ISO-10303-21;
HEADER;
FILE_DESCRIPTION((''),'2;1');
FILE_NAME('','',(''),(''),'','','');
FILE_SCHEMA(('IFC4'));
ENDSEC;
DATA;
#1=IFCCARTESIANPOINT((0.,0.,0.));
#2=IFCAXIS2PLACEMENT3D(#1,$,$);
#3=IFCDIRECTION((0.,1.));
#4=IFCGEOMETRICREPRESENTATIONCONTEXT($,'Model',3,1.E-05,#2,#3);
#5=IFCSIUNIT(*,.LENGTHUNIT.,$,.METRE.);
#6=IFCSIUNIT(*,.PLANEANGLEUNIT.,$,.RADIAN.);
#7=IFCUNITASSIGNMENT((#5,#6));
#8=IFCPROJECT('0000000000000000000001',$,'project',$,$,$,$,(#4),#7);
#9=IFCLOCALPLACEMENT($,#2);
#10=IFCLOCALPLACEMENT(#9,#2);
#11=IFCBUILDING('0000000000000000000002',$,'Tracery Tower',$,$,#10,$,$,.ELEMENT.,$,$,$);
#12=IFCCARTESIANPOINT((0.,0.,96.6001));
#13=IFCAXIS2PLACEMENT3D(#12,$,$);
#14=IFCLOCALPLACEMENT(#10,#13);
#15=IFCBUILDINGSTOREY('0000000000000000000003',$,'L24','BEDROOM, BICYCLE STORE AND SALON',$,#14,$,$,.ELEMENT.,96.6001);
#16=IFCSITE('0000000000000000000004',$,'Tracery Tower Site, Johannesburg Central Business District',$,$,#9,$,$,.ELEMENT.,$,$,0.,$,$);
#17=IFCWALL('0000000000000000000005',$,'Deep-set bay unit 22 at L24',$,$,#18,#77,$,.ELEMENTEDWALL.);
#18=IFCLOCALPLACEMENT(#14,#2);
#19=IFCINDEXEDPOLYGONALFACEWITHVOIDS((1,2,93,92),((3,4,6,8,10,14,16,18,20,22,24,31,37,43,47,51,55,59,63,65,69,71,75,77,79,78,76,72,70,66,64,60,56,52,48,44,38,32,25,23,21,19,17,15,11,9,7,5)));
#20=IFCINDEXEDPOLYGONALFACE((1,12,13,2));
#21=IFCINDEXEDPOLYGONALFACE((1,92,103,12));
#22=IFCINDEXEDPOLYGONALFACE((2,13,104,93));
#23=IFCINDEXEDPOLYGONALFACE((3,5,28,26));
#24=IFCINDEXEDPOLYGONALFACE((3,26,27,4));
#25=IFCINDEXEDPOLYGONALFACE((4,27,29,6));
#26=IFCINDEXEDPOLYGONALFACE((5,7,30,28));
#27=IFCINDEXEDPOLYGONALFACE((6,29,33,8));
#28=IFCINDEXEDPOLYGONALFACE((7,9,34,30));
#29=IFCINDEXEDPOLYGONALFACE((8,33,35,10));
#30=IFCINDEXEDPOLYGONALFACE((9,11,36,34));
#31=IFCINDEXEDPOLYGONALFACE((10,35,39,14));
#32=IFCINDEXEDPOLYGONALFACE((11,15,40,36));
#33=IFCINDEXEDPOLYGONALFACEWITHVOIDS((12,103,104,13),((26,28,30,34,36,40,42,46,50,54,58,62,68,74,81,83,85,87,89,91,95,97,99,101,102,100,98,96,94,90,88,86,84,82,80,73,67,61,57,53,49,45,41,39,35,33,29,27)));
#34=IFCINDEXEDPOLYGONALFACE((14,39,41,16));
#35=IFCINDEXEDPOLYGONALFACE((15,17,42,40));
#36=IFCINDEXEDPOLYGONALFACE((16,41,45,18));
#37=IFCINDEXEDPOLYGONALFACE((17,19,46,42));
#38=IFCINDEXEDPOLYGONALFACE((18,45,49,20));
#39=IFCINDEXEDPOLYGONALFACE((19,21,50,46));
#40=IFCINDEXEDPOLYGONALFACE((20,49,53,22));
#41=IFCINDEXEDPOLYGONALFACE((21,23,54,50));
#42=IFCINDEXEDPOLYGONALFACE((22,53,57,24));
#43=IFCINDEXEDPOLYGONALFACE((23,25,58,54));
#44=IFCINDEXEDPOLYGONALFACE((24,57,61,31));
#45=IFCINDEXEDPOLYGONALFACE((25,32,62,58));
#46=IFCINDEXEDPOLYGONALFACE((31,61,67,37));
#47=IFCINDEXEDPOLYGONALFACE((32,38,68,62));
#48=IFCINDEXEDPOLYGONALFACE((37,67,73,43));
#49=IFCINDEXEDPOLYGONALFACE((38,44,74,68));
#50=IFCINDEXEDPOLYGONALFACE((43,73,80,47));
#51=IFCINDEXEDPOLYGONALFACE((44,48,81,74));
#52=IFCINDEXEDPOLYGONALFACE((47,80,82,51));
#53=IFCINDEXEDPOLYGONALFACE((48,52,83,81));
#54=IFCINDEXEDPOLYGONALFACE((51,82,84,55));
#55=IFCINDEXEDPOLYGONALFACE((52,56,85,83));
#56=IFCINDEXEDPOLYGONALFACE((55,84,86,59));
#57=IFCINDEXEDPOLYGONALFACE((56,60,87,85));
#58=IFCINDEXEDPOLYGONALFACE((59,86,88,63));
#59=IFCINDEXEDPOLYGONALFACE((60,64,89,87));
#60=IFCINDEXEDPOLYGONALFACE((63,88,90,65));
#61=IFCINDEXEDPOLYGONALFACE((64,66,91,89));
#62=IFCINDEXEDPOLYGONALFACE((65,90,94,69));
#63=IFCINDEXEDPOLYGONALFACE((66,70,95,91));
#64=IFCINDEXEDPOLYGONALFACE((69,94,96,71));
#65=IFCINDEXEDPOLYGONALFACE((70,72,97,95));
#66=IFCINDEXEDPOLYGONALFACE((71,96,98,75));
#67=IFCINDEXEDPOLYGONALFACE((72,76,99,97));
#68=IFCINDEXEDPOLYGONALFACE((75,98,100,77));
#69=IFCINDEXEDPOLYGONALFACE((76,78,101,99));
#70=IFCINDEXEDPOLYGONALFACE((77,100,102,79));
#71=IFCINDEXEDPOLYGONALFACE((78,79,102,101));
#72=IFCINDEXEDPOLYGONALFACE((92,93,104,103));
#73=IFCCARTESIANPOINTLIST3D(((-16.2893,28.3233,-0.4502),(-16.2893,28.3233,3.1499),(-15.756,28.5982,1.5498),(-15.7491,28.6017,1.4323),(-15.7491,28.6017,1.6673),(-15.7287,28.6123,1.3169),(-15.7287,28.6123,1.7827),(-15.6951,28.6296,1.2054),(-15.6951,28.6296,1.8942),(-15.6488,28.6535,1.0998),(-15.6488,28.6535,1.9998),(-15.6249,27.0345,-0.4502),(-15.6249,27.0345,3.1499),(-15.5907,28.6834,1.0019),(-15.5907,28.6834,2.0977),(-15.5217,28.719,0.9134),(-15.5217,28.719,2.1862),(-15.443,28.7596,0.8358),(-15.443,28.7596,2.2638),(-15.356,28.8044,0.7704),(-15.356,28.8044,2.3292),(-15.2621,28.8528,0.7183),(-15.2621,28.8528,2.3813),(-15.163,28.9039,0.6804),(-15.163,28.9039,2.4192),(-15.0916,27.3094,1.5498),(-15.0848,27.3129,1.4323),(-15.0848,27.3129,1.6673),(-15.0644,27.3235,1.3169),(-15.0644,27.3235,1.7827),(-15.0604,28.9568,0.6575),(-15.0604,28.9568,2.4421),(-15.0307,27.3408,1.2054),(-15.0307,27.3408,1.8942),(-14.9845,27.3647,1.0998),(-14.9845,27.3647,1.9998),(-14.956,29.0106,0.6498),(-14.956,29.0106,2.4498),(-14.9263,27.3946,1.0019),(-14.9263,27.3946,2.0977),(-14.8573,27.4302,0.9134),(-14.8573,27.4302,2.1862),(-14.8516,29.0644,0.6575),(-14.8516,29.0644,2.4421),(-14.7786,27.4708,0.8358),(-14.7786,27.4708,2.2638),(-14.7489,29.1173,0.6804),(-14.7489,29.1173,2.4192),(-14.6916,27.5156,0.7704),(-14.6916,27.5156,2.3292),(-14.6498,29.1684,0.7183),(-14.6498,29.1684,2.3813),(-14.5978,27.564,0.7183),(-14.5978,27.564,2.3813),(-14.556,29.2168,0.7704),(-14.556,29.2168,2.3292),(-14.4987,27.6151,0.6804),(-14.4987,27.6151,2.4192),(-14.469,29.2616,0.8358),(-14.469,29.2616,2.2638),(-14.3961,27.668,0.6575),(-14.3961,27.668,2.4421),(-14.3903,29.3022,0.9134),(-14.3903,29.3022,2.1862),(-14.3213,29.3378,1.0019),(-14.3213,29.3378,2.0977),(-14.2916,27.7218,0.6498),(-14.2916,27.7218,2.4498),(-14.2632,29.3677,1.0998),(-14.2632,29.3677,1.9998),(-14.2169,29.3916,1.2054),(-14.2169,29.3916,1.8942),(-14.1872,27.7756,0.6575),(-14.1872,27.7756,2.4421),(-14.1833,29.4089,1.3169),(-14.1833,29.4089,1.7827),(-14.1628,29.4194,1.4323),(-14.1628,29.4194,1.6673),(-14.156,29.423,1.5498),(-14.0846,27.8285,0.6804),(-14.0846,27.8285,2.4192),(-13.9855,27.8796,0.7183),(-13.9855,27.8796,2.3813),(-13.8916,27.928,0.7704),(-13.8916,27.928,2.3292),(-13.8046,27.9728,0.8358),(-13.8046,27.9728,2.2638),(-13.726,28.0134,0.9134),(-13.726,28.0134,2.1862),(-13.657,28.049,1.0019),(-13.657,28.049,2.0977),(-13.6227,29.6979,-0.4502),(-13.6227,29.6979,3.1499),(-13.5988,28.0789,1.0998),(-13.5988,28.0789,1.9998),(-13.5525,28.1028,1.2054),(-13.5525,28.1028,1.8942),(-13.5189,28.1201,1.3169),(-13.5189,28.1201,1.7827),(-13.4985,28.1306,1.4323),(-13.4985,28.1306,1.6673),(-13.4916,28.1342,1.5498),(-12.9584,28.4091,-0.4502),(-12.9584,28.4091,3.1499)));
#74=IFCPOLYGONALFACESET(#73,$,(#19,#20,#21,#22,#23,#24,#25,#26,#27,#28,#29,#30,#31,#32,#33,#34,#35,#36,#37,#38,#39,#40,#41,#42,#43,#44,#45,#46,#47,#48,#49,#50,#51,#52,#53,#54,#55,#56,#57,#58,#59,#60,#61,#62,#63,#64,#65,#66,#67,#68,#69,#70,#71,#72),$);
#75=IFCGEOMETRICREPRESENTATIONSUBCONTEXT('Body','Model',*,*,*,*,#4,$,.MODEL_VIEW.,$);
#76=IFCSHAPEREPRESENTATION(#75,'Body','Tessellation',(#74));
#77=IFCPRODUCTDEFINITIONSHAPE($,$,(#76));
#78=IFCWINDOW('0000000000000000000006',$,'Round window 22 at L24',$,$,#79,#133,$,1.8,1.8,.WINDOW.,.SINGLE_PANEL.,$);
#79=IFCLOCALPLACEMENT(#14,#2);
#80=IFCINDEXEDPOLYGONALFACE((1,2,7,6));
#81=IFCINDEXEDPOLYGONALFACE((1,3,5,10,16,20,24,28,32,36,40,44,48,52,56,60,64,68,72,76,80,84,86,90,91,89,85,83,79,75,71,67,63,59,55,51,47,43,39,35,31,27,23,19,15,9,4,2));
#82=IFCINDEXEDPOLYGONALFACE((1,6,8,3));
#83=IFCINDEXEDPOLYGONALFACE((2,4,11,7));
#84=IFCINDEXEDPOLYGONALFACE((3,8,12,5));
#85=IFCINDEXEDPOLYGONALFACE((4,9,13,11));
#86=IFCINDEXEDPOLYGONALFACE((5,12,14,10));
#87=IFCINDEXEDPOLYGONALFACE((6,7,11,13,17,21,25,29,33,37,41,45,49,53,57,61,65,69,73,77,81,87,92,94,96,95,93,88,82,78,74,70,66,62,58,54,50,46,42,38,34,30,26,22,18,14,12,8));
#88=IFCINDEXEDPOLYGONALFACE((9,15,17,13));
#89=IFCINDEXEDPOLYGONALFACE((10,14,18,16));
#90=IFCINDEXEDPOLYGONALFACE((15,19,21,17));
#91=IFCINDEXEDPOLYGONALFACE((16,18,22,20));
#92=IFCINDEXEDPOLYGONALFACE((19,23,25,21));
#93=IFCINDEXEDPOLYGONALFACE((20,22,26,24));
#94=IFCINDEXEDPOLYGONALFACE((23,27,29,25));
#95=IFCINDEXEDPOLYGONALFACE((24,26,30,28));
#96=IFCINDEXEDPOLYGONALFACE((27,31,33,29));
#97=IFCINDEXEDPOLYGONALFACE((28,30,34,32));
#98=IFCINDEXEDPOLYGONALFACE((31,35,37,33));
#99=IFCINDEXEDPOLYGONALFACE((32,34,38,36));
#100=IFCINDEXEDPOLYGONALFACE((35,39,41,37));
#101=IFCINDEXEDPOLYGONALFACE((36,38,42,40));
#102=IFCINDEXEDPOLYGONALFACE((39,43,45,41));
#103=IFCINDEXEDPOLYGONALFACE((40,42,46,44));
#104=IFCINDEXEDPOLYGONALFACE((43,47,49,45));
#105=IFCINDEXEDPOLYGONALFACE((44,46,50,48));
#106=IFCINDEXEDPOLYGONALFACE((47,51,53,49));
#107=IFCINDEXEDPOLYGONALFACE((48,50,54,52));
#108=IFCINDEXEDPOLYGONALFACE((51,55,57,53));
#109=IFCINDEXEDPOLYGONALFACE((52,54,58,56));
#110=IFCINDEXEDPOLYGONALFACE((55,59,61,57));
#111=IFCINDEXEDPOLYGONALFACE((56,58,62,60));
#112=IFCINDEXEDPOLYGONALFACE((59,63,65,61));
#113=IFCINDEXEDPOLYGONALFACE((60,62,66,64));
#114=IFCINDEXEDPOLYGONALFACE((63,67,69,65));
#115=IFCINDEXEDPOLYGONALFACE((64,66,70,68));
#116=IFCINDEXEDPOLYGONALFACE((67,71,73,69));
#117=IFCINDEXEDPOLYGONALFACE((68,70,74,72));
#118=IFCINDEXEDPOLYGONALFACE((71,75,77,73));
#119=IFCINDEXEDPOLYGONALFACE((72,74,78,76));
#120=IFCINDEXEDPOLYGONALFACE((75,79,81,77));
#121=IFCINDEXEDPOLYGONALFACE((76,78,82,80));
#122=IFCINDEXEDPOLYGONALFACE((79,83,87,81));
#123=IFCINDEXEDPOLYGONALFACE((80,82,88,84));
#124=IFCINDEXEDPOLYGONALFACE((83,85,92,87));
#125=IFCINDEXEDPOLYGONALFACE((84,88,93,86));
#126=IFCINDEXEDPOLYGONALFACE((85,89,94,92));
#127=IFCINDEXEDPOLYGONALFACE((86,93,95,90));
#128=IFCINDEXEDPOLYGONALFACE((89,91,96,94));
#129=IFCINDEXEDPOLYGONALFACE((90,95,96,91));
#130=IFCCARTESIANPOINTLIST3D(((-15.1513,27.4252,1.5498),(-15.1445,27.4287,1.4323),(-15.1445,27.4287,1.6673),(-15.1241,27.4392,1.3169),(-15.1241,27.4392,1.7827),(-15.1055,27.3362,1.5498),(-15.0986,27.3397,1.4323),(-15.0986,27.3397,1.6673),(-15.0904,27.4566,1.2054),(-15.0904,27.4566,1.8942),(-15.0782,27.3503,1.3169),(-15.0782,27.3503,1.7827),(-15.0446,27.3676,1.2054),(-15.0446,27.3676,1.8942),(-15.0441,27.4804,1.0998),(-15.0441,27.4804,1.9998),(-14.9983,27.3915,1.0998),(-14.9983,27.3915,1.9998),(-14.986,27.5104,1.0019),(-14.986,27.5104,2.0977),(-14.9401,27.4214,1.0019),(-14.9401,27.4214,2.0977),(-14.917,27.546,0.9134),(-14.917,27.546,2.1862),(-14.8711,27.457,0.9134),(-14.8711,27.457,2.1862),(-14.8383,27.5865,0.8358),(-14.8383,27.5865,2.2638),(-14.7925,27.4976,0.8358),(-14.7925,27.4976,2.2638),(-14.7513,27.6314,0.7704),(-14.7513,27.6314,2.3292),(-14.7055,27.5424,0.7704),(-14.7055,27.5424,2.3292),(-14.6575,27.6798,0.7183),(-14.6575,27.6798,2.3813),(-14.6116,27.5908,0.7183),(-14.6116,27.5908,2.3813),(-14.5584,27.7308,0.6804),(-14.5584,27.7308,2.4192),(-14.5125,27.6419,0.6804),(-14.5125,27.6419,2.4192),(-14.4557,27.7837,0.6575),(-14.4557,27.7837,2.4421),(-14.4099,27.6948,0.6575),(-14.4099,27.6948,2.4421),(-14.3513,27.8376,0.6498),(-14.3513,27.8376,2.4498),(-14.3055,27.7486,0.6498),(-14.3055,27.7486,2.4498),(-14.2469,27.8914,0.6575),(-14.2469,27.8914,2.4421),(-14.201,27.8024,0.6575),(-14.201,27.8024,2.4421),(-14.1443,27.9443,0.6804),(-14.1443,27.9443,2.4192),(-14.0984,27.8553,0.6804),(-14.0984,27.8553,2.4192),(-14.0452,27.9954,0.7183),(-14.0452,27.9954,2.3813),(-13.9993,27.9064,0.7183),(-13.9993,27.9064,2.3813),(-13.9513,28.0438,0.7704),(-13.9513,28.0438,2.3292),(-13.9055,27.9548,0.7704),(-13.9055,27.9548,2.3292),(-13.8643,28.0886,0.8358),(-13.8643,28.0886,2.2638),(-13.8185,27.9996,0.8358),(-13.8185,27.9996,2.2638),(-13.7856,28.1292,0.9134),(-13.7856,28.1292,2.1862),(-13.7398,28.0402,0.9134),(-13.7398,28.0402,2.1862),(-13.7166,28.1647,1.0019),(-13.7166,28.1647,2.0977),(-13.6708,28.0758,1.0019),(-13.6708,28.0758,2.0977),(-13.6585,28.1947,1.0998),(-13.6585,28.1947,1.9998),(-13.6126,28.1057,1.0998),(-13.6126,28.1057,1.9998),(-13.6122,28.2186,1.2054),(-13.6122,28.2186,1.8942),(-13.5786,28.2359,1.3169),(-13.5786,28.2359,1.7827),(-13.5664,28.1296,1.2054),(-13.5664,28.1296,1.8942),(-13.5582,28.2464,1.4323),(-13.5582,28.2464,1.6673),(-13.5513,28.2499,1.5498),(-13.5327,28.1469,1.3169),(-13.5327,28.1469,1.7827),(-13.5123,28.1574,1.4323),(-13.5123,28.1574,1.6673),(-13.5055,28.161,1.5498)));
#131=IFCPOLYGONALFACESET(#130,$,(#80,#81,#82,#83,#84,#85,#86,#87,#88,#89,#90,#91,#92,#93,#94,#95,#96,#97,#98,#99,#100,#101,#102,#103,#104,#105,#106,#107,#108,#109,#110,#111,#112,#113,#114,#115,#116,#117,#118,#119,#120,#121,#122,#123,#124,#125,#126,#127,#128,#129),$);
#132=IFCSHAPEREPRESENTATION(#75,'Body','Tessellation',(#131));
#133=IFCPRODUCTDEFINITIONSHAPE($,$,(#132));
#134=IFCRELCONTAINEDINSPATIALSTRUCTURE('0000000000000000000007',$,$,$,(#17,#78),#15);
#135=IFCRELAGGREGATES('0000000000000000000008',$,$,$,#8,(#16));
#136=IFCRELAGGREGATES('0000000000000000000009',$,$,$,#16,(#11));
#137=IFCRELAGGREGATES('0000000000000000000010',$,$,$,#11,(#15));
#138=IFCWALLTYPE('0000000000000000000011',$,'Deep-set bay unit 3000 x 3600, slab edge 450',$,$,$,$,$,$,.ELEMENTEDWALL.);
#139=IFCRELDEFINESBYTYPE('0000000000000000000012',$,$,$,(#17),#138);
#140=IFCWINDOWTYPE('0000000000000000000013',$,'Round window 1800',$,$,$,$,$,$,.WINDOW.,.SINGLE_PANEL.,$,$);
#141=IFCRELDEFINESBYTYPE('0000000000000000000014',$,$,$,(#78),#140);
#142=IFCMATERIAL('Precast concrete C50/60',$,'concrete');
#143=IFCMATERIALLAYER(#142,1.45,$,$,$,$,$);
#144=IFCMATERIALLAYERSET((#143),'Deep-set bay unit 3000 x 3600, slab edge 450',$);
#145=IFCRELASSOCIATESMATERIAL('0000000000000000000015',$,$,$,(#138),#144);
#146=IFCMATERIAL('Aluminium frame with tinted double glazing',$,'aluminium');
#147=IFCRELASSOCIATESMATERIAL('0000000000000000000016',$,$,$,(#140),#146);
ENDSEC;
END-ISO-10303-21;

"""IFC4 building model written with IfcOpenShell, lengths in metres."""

from ifc_helpers import new_model, si_unit, direction, frame, frame_2d, origin, origin_2d, place, context, subcontext, project, spatial, rectangle, circle, extrude, material, layer, layer_set, type_object, element, fill, save


model = new_model("IFC4")

# Units and contexts
model_context = context("Model", 3, precision=1e-05, world=origin(), true_north=direction((0.0, 1.0)))
body_context = subcontext(model_context, "Body", "Model", "MODEL_VIEW")
ifc_project = project(units=[si_unit("LENGTHUNIT", "METRE"), si_unit("PLANEANGLEUNIT", "RADIAN")], contexts=[model_context])

# Site, building, storey
site_placement = place(None, origin())
site = spatial("IfcSite", under=ifc_project, at=site_placement, Name="Tracery Tower Site, Johannesburg Central Business District", CompositionType="ELEMENT", RefElevation=0.0)
building_placement = place(site_placement, origin())
building = spatial("IfcBuilding", under=site, at=building_placement, Name="Tracery Tower", CompositionType="ELEMENT")
storey_placement = place(building_placement, frame((0.0, 0.0, 96.6001)))
storey = spatial("IfcBuildingStorey", under=building, at=storey_placement, Name="L24", Description="BEDROOM, BICYCLE STORE AND SALON", CompositionType="ELEMENT", Elevation=96.6001)

# Wall, opening, window
ifc_material_1 = material(Name="Precast concrete C50/60", Category="concrete")
ifc_layer_1 = layer(ifc_material_1, 1.45)
ifc_layer_set_1 = layer_set([ifc_layer_1], Name="Deep-set bay unit 3000 x 3600, slab edge 450")
wall_type_1 = type_object("IfcWallType", Name="Deep-set bay unit 3000 x 3600, slab edge 450", PredefinedType="ELEMENTEDWALL", material=ifc_layer_set_1)
ifc_material_2 = material(Name="Aluminium frame with tinted double glazing", Category="aluminium")
window_type = type_object("IfcWindowType", Name="Round window 1800", PartitioningType="SINGLE_PANEL", PredefinedType="WINDOW", material=ifc_material_2)
wall_1_placement = place(storey_placement, frame((-13.2905, 29.0535, -0.4502), z_axis=(0.0, 0.0, 1.0), x_axis=(-0.888858, -0.458183, 0.0)))
wall_1 = element("IfcWall", 1, at=wall_1_placement, inside=storey, type_object=wall_type_1, Name="Deep-set bay unit 22 at L24", PredefinedType="ELEMENTEDWALL", context=body_context, shape_type="SweptSolid", body=[
    extrude(rectangle(XDim=3.0, YDim=1.45, at=frame_2d((1.5, 0.0))), origin(), (0.0, 0.0, 1.0), 3.6001),
])
opening_1_placement = place(wall_1_placement, frame((1.5, 0.0, 2.0)))
opening_1 = element("IfcOpeningElement", 2, at=opening_1_placement, cuts=wall_1, PredefinedType="OPENING", context=body_context, shape_type="SweptSolid", body=[
    extrude(circle(Radius=0.9, at=origin_2d()), frame((0.0, 0.7349, 0.0), z_axis=(0.0, -1.0, 0.0), x_axis=(1.0, 0.0, 0.0)), (0.0, 0.0, 1.0), 1.47),
])
window_1_placement = place(opening_1_placement, origin())
window_1 = element("IfcWindow", 3, at=window_1_placement, inside=storey, type_object=window_type, Name="Round window 22 at L24", OverallHeight=1.8, OverallWidth=1.8, PartitioningType="SINGLE_PANEL", PredefinedType="WINDOW", context=body_context, shape_type="SweptSolid", body=[
    extrude(circle(Radius=0.9, at=origin_2d()), frame((0.0, 0.6948, 0.0), z_axis=(0.0, -1.0, 0.0), x_axis=(1.0, 0.0, 0.0)), (0.0, 0.0, 1.0), 0.1001),
])
fill(opening_1, window_1)

save(model, "model.ifc")
